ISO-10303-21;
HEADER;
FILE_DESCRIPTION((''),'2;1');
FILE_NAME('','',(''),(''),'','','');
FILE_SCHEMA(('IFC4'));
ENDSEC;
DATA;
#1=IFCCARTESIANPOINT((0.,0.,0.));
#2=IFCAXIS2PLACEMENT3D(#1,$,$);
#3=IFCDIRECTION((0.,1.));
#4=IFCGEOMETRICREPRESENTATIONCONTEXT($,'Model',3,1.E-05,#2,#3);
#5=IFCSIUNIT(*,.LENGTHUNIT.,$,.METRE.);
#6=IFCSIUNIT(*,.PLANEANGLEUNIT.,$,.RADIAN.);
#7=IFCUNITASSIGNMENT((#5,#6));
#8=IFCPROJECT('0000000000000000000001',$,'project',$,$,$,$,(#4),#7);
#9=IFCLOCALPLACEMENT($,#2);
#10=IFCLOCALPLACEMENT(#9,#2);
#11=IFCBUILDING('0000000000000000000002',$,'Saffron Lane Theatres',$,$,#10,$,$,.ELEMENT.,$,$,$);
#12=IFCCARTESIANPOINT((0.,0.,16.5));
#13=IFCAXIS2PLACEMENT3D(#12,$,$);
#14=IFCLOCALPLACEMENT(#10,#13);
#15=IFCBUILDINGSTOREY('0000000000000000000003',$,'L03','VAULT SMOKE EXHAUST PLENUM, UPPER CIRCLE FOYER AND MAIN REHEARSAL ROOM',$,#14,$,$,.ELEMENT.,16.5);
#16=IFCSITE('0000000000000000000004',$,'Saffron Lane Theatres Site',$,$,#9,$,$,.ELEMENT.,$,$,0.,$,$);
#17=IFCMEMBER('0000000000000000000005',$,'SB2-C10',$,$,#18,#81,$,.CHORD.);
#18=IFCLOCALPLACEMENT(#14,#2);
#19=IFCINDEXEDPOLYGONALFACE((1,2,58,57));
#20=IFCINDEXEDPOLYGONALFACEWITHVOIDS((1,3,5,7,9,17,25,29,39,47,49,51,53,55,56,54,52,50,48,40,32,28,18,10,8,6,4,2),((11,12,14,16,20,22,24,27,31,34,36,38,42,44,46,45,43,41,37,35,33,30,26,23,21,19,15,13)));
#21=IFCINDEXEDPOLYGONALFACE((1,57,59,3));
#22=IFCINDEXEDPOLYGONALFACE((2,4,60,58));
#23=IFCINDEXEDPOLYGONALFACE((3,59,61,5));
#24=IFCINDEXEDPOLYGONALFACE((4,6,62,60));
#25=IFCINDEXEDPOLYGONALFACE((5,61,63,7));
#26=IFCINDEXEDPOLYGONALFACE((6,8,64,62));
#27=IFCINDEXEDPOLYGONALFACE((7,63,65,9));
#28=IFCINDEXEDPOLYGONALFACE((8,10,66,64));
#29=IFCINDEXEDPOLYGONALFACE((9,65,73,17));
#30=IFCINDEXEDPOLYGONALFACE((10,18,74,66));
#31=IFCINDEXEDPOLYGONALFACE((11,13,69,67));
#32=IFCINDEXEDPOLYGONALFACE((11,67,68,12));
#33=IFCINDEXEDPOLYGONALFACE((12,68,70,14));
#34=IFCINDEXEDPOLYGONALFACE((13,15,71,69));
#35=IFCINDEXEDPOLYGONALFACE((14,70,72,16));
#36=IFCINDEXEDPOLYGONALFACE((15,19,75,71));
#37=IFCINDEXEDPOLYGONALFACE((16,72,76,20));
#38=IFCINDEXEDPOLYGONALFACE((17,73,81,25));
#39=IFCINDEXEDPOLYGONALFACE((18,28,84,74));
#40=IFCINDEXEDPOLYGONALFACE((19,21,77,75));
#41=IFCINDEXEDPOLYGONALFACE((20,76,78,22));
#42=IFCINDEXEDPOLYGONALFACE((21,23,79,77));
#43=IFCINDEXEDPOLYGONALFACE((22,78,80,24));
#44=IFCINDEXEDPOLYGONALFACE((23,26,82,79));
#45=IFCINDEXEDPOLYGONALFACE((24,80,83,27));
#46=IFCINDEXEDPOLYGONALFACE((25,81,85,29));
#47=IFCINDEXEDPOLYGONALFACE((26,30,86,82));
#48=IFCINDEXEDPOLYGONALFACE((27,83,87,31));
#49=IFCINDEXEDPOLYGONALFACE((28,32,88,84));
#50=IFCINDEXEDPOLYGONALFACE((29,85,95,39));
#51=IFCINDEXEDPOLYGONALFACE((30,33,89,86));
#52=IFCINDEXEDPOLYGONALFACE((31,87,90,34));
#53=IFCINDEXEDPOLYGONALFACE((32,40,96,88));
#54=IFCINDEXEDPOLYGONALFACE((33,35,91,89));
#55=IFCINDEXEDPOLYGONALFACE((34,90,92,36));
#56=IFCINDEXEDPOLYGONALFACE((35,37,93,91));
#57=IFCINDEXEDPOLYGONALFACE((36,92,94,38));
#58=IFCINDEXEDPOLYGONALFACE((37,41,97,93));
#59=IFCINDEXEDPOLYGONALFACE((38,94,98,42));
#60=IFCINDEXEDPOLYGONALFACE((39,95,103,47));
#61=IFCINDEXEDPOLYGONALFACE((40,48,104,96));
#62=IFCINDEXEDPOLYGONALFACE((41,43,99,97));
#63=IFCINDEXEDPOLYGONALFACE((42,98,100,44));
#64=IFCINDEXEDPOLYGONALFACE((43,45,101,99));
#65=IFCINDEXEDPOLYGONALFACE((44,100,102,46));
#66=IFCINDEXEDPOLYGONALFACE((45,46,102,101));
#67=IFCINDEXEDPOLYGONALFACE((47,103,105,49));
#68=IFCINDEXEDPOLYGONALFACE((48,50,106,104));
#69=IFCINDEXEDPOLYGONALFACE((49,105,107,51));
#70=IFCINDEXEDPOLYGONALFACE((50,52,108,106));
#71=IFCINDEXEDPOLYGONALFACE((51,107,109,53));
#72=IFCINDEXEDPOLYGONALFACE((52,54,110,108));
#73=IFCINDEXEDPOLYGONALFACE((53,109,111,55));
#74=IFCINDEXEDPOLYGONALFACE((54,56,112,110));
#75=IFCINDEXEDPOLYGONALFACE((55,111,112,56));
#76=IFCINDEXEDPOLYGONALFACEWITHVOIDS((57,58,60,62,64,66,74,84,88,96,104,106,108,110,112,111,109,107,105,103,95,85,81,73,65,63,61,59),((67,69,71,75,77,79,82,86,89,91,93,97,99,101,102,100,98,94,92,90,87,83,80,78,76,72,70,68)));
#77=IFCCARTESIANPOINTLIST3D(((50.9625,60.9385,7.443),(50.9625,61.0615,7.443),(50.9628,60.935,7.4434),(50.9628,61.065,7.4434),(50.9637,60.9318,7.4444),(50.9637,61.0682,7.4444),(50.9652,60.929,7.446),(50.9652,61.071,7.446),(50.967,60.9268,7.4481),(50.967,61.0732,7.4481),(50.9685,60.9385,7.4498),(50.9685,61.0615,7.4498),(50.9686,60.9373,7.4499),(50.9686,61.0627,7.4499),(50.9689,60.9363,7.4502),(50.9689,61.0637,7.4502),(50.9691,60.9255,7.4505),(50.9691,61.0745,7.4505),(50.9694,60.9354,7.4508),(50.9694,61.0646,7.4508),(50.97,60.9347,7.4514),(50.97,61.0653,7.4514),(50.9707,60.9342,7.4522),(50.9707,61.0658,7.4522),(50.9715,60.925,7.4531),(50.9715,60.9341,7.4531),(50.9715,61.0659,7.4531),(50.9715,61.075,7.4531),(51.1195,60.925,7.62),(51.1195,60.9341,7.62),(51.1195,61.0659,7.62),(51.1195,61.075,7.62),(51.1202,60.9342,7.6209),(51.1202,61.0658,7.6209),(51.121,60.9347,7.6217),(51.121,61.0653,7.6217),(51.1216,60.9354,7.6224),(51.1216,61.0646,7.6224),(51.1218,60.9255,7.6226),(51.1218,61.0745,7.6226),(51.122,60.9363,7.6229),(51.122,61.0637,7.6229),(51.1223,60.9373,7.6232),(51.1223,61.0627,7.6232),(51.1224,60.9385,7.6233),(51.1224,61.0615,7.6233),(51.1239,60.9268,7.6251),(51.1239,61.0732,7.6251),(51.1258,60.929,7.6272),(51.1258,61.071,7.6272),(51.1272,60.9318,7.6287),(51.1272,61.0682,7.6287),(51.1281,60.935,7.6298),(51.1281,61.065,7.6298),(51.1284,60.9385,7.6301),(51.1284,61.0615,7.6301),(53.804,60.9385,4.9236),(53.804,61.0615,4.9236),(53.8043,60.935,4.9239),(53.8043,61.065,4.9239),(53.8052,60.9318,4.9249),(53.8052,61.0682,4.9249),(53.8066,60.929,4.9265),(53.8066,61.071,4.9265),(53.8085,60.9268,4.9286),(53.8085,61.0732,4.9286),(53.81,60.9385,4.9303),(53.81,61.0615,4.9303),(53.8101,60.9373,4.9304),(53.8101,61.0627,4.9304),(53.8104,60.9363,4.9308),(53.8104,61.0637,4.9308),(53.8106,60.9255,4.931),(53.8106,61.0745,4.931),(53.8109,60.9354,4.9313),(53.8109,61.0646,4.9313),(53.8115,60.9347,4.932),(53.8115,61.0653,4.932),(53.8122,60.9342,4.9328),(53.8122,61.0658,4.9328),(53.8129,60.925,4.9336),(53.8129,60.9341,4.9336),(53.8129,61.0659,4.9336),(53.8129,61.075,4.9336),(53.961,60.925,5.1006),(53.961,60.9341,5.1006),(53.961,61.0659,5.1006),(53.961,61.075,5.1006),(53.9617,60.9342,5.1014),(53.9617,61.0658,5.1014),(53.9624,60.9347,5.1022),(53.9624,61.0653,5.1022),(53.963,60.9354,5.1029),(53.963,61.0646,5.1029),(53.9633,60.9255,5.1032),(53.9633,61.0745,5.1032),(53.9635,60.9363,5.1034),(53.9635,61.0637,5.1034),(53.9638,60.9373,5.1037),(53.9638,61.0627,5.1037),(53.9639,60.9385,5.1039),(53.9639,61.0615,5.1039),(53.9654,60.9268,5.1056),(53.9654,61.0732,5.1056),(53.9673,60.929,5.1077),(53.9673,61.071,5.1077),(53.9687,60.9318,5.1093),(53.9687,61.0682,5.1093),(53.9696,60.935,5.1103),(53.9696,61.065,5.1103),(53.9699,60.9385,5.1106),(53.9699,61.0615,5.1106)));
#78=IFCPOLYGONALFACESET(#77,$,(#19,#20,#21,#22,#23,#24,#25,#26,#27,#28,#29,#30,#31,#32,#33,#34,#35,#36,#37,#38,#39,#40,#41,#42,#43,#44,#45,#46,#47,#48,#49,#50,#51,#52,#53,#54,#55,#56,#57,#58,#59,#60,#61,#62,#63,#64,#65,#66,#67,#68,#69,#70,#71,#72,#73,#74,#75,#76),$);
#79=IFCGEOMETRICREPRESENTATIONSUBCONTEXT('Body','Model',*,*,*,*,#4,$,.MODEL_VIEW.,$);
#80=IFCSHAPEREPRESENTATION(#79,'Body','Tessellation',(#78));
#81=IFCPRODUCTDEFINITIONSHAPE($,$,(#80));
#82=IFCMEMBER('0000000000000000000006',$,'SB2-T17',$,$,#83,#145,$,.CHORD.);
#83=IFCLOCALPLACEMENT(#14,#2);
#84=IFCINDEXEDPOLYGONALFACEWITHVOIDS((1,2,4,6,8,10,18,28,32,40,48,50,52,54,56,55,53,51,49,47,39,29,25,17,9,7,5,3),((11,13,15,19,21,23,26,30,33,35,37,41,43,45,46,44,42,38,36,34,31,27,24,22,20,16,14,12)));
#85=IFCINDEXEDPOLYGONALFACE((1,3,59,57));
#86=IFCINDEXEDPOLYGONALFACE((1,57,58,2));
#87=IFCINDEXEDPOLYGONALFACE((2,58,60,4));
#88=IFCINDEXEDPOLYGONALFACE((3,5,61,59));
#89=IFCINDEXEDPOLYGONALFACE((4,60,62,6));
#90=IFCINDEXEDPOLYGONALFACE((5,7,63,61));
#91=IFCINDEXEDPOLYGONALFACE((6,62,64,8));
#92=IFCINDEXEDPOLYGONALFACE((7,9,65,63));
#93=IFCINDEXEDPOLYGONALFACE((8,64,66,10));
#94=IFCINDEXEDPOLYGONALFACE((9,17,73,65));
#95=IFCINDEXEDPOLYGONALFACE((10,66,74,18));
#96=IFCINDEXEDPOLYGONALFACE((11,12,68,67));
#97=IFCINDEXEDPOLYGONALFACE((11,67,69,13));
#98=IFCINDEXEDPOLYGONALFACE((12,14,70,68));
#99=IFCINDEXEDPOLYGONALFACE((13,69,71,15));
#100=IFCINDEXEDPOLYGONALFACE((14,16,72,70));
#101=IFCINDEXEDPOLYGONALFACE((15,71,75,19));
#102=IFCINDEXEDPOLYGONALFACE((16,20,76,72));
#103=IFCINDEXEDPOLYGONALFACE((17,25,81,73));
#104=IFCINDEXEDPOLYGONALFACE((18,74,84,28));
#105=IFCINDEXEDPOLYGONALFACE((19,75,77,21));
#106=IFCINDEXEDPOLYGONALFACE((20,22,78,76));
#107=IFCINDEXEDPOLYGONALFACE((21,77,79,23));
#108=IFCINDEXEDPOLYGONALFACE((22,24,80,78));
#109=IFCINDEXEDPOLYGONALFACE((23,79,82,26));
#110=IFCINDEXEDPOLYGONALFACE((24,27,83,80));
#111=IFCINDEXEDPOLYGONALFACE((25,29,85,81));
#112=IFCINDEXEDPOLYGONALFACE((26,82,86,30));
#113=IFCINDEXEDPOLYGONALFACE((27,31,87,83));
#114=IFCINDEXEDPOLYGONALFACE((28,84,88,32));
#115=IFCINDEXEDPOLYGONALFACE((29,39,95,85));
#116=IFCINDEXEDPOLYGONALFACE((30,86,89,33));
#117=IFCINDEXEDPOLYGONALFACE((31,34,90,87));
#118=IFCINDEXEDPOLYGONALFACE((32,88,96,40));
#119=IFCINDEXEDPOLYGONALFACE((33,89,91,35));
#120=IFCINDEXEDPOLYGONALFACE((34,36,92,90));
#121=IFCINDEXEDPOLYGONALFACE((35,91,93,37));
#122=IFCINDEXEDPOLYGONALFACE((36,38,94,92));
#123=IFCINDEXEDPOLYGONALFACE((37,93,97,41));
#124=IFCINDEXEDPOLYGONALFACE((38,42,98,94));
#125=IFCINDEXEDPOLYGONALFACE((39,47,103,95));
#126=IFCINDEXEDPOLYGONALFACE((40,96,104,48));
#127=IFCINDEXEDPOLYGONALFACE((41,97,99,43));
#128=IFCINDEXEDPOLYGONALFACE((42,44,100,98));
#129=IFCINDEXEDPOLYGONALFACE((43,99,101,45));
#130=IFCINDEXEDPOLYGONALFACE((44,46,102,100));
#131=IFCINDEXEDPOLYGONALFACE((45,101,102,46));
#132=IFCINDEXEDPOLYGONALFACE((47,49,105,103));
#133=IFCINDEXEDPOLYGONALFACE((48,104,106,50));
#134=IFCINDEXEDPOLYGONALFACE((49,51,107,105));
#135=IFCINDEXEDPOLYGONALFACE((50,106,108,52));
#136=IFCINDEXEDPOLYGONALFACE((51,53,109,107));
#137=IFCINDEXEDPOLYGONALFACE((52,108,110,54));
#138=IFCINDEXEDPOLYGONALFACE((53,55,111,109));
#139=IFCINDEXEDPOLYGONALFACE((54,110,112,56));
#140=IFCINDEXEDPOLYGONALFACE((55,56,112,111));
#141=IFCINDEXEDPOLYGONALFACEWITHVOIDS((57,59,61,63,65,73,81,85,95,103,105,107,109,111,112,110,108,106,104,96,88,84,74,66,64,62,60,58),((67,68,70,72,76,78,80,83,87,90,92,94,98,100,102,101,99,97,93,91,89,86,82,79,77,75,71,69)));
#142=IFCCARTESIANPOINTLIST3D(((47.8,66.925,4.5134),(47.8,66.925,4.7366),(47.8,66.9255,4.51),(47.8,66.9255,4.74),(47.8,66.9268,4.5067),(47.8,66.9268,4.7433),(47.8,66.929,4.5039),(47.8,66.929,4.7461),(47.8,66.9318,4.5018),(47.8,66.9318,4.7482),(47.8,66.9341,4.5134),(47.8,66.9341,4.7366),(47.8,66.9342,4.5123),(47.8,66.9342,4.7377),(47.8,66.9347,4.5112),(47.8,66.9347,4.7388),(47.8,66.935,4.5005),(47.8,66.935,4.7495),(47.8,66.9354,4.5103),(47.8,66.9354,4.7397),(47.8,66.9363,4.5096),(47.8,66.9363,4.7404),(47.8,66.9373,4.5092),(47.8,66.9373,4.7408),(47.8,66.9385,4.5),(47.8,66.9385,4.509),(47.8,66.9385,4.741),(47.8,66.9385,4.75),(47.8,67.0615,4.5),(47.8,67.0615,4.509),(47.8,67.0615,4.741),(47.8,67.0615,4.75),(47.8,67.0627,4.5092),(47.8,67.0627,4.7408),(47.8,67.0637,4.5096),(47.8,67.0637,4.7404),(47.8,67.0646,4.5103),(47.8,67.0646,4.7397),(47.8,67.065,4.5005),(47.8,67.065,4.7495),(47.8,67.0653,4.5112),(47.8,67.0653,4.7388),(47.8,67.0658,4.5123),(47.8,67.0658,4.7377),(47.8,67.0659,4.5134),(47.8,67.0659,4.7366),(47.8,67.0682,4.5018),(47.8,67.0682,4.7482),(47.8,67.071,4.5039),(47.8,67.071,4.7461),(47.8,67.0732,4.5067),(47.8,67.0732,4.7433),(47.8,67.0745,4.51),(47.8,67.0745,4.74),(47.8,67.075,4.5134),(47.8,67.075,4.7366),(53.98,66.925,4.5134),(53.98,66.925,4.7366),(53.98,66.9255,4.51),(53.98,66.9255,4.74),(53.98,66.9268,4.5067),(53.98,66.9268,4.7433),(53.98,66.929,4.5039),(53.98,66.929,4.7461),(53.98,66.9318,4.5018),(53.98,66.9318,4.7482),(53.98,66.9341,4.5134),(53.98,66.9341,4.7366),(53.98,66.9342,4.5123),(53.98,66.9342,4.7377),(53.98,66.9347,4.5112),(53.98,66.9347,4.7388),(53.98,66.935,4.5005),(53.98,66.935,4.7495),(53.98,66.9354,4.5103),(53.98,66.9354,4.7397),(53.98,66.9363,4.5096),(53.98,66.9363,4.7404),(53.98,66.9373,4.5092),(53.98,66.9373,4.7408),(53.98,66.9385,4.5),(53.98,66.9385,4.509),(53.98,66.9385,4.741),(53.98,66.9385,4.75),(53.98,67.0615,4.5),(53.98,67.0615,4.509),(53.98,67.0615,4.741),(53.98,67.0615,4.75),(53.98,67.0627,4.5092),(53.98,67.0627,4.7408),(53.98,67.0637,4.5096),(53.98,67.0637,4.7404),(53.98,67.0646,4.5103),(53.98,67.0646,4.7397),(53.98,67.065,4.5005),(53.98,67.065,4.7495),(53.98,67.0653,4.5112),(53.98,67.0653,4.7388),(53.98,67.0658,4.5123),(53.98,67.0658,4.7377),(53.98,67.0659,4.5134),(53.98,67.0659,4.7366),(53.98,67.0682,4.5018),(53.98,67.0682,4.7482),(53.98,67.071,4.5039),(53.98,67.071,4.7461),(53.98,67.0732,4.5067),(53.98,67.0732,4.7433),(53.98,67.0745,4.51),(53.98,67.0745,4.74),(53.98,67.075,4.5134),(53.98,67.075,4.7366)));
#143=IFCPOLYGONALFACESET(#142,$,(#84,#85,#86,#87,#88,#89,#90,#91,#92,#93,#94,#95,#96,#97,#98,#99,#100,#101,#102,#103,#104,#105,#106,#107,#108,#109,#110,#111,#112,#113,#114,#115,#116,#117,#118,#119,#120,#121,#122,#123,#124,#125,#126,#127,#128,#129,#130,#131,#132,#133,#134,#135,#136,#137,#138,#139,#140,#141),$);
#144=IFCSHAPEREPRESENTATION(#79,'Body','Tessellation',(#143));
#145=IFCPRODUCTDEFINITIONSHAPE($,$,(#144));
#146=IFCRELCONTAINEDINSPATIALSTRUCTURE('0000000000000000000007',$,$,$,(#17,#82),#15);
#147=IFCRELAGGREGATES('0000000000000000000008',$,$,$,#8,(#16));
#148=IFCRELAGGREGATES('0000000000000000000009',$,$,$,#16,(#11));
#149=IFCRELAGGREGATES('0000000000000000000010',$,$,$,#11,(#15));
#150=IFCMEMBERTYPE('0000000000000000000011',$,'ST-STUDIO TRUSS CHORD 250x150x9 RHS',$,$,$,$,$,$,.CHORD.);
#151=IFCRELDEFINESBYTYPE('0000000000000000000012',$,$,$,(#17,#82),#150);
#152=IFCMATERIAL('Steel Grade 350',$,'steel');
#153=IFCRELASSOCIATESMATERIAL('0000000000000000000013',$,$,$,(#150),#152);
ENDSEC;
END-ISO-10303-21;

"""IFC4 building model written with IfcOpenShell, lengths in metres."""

from ifc_helpers import new_model, si_unit, direction, frame, origin, origin_2d, place, context, subcontext, project, spatial, hollow_rectangle, extrude, material, material_profile, profile_set, type_object, element, save


model = new_model("IFC4")

# Units and contexts
model_context = context("Model", 3, precision=1e-05, world=origin(), true_north=direction((0.0, 1.0)))
body_context = subcontext(model_context, "Body", "Model", "MODEL_VIEW")
ifc_project = project(units=[si_unit("LENGTHUNIT", "METRE"), si_unit("PLANEANGLEUNIT", "RADIAN")], contexts=[model_context])

# Site, building, storey
site_placement = place(None, origin())
site = spatial("IfcSite", under=ifc_project, at=site_placement, Name="Saffron Lane Theatres Site", CompositionType="ELEMENT", RefElevation=0.0)
building_placement = place(site_placement, origin())
building = spatial("IfcBuilding", under=site, at=building_placement, Name="Saffron Lane Theatres", CompositionType="ELEMENT")
storey_placement = place(building_placement, frame((0.0, 0.0, 16.5)))
storey = spatial("IfcBuildingStorey", under=building, at=storey_placement, Name="L03", Description="VAULT SMOKE EXHAUST PLENUM, UPPER CIRCLE FOYER AND MAIN REHEARSAL ROOM", CompositionType="ELEMENT", Elevation=16.5)

# Members
ifc_material_1 = material(Name="Steel Grade 350", Category="steel")
ifc_material_profile_1 = material_profile(ifc_material_1, hollow_rectangle(XDim=0.1499, YDim=0.25, WallThickness=0.009, InnerFilletRadius=0.0044, OuterFilletRadius=0.0134, at=origin_2d()))
ifc_profile_set_1 = profile_set([ifc_material_profile_1], Name="Steel Grade 350")
member_type_1 = type_object("IfcMemberType", Name="ST-STUDIO TRUSS CHORD 250x150x9 RHS", PredefinedType="CHORD", material=ifc_profile_set_1)
member_1_placement = place(storey_placement, frame((53.887, 61.0, 5.0171), z_axis=(-0.748232, 0.0, 0.663438), x_axis=(0.0, -1.0, 0.0)))
element("IfcMember", 1, at=member_1_placement, inside=storey, type_object=member_type_1, Name="SB2-C10", PredefinedType="CHORD", context=body_context, shape_type="SweptSolid", body=[
    extrude(hollow_rectangle(XDim=0.1499, YDim=0.25, WallThickness=0.009, InnerFilletRadius=0.0044, OuterFilletRadius=0.0134, at=origin_2d()), origin(), (0.0, 0.0, 1.0), 3.7976),
])
member_2_placement = place(storey_placement, frame((53.98, 67.0, 4.625), z_axis=(-1.0, 0.0, 0.0), x_axis=(0.0, -1.0, 0.0)))
element("IfcMember", 2, at=member_2_placement, inside=storey, type_object=member_type_1, Name="SB2-T17", PredefinedType="CHORD", context=body_context, shape_type="SweptSolid", body=[
    extrude(hollow_rectangle(XDim=0.1499, YDim=0.25, WallThickness=0.009, InnerFilletRadius=0.0044, OuterFilletRadius=0.0134, at=origin_2d()), origin(), (0.0, 0.0, 1.0), 6.1799),
])

save(model, "model.ifc")
